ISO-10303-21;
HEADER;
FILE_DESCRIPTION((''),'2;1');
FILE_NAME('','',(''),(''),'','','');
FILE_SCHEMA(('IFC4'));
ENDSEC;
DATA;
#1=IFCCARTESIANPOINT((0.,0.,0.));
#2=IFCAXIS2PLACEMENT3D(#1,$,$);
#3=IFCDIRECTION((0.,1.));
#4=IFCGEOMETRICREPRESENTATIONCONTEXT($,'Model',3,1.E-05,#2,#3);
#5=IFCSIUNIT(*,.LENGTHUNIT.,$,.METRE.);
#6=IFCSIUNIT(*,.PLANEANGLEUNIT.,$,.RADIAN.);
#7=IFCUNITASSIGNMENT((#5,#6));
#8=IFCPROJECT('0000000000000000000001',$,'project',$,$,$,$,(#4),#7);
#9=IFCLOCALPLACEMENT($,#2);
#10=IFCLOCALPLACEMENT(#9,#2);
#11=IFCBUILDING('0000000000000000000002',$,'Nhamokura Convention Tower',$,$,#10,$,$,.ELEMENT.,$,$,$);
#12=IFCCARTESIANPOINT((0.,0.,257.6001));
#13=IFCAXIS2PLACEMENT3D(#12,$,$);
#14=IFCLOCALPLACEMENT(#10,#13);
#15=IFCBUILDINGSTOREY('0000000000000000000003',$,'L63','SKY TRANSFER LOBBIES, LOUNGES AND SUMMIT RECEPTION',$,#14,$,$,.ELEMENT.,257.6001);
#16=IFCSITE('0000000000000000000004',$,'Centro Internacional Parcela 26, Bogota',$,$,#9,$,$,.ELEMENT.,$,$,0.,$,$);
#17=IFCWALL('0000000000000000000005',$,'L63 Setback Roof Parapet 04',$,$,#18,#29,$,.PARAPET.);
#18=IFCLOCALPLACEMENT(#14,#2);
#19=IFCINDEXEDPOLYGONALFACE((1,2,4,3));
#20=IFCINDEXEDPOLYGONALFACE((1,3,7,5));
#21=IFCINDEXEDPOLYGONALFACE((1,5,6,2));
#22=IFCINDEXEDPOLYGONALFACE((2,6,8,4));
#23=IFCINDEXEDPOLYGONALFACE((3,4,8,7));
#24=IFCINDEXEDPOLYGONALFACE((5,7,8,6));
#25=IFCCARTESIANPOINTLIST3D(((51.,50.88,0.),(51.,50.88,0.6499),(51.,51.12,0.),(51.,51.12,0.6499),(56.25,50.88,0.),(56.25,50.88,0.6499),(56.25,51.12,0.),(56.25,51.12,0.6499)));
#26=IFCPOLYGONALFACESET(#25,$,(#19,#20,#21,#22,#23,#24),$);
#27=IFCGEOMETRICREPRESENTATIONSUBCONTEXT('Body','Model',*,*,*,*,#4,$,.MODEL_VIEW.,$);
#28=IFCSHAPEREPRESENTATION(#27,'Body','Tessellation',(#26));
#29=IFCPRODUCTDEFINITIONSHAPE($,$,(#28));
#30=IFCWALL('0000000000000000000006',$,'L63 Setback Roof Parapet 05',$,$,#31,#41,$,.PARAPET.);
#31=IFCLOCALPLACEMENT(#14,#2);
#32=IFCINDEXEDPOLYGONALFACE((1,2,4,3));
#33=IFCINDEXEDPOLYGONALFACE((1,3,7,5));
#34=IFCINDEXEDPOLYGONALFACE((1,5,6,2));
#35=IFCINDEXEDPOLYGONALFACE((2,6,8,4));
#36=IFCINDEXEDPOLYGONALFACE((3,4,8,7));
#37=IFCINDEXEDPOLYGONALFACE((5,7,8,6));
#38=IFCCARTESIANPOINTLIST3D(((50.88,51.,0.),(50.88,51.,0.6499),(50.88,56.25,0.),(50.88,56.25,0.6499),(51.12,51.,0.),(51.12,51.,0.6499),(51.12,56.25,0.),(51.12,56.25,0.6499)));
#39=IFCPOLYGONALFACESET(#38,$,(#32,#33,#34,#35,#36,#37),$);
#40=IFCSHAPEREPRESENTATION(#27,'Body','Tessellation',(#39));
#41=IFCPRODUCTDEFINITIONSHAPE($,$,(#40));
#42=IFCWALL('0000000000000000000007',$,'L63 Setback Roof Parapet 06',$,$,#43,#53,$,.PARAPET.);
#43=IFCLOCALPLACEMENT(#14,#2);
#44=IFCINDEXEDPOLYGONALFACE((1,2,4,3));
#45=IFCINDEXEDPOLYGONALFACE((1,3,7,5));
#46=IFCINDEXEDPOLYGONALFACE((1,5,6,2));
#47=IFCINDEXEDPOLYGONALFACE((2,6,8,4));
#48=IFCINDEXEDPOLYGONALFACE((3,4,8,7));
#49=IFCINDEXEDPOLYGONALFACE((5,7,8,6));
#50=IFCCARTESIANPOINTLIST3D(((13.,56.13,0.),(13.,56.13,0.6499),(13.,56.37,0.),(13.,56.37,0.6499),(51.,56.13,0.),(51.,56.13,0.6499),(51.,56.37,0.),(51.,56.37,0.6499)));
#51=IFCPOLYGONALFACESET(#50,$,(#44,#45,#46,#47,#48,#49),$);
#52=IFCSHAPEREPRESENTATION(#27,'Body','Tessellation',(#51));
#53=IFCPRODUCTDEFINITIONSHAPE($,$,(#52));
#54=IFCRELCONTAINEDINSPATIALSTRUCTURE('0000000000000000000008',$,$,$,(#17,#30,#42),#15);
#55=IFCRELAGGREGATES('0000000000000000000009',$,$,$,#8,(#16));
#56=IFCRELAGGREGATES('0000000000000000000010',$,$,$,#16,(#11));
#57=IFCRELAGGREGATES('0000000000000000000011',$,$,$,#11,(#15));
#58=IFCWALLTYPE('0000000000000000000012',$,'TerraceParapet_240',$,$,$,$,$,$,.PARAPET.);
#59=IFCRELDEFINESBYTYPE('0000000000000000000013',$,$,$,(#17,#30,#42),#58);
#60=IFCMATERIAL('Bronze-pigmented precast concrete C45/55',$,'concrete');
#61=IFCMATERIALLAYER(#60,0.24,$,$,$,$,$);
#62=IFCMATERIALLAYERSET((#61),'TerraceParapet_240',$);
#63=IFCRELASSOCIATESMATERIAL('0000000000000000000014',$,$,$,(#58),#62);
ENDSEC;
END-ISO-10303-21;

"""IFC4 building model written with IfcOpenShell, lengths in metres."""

from ifc_helpers import new_model, si_unit, direction, frame, frame_2d, origin, place, context, subcontext, project, spatial, rectangle, extrude, material, layer, layer_set, type_object, element, save


model = new_model("IFC4")

# Units and contexts
model_context = context("Model", 3, precision=1e-05, world=origin(), true_north=direction((0.0, 1.0)))
body_context = subcontext(model_context, "Body", "Model", "MODEL_VIEW")
ifc_project = project(units=[si_unit("LENGTHUNIT", "METRE"), si_unit("PLANEANGLEUNIT", "RADIAN")], contexts=[model_context])

# Site, building, storey
site_placement = place(None, origin())
site = spatial("IfcSite", under=ifc_project, at=site_placement, Name="Centro Internacional Parcela 26, Bogota", CompositionType="ELEMENT", RefElevation=0.0)
building_placement = place(site_placement, origin())
building = spatial("IfcBuilding", under=site, at=building_placement, Name="Nhamokura Convention Tower", CompositionType="ELEMENT")
storey_placement = place(building_placement, frame((0.0, 0.0, 257.6001)))
storey = spatial("IfcBuildingStorey", under=building, at=storey_placement, Name="L63", Description="SKY TRANSFER LOBBIES, LOUNGES AND SUMMIT RECEPTION", CompositionType="ELEMENT", Elevation=257.6001)

# Walls
ifc_material_1 = material(Name="Bronze-pigmented precast concrete C45/55", Category="concrete")
ifc_layer_1 = layer(ifc_material_1, 0.24)
ifc_layer_set_1 = layer_set([ifc_layer_1], Name="TerraceParapet_240")
wall_type_1 = type_object("IfcWallType", Name="TerraceParapet_240", PredefinedType="PARAPET", material=ifc_layer_set_1)
for number, where, z_axis, x_axis, name in (
    (1, (56.25, 51.0, 0.0), (0.0, 0.0, 1.0), (-1.0, 0.0, 0.0), "L63 Setback Roof Parapet 04"),
    (2, (51.0, 51.0, 0.0), (0.0, 0.0, 1.0), (0.0, 1.0, 0.0), "L63 Setback Roof Parapet 05"),
):
    element("IfcWall", number, at=place(storey_placement, frame(where, z_axis=z_axis, x_axis=x_axis)), inside=storey, type_object=wall_type_1, Name=name, PredefinedType="PARAPET", context=body_context, shape_type="SweptSolid", body=[
        extrude(rectangle(XDim=5.25, YDim=0.24, at=frame_2d((2.625, 0.0))), origin(), (0.0, 0.0, 1.0), 0.6499),
    ])
wall_1_placement = place(storey_placement, frame((51.0, 56.25, 0.0), z_axis=(0.0, 0.0, 1.0), x_axis=(-1.0, 0.0, 0.0)))
element("IfcWall", 3, at=wall_1_placement, inside=storey, type_object=wall_type_1, Name="L63 Setback Roof Parapet 06", PredefinedType="PARAPET", context=body_context, shape_type="SweptSolid", body=[
    extrude(rectangle(XDim=38.0, YDim=0.24, at=frame_2d((19.0, 0.0))), origin(), (0.0, 0.0, 1.0), 0.6499),
])

save(model, "model.ifc")
